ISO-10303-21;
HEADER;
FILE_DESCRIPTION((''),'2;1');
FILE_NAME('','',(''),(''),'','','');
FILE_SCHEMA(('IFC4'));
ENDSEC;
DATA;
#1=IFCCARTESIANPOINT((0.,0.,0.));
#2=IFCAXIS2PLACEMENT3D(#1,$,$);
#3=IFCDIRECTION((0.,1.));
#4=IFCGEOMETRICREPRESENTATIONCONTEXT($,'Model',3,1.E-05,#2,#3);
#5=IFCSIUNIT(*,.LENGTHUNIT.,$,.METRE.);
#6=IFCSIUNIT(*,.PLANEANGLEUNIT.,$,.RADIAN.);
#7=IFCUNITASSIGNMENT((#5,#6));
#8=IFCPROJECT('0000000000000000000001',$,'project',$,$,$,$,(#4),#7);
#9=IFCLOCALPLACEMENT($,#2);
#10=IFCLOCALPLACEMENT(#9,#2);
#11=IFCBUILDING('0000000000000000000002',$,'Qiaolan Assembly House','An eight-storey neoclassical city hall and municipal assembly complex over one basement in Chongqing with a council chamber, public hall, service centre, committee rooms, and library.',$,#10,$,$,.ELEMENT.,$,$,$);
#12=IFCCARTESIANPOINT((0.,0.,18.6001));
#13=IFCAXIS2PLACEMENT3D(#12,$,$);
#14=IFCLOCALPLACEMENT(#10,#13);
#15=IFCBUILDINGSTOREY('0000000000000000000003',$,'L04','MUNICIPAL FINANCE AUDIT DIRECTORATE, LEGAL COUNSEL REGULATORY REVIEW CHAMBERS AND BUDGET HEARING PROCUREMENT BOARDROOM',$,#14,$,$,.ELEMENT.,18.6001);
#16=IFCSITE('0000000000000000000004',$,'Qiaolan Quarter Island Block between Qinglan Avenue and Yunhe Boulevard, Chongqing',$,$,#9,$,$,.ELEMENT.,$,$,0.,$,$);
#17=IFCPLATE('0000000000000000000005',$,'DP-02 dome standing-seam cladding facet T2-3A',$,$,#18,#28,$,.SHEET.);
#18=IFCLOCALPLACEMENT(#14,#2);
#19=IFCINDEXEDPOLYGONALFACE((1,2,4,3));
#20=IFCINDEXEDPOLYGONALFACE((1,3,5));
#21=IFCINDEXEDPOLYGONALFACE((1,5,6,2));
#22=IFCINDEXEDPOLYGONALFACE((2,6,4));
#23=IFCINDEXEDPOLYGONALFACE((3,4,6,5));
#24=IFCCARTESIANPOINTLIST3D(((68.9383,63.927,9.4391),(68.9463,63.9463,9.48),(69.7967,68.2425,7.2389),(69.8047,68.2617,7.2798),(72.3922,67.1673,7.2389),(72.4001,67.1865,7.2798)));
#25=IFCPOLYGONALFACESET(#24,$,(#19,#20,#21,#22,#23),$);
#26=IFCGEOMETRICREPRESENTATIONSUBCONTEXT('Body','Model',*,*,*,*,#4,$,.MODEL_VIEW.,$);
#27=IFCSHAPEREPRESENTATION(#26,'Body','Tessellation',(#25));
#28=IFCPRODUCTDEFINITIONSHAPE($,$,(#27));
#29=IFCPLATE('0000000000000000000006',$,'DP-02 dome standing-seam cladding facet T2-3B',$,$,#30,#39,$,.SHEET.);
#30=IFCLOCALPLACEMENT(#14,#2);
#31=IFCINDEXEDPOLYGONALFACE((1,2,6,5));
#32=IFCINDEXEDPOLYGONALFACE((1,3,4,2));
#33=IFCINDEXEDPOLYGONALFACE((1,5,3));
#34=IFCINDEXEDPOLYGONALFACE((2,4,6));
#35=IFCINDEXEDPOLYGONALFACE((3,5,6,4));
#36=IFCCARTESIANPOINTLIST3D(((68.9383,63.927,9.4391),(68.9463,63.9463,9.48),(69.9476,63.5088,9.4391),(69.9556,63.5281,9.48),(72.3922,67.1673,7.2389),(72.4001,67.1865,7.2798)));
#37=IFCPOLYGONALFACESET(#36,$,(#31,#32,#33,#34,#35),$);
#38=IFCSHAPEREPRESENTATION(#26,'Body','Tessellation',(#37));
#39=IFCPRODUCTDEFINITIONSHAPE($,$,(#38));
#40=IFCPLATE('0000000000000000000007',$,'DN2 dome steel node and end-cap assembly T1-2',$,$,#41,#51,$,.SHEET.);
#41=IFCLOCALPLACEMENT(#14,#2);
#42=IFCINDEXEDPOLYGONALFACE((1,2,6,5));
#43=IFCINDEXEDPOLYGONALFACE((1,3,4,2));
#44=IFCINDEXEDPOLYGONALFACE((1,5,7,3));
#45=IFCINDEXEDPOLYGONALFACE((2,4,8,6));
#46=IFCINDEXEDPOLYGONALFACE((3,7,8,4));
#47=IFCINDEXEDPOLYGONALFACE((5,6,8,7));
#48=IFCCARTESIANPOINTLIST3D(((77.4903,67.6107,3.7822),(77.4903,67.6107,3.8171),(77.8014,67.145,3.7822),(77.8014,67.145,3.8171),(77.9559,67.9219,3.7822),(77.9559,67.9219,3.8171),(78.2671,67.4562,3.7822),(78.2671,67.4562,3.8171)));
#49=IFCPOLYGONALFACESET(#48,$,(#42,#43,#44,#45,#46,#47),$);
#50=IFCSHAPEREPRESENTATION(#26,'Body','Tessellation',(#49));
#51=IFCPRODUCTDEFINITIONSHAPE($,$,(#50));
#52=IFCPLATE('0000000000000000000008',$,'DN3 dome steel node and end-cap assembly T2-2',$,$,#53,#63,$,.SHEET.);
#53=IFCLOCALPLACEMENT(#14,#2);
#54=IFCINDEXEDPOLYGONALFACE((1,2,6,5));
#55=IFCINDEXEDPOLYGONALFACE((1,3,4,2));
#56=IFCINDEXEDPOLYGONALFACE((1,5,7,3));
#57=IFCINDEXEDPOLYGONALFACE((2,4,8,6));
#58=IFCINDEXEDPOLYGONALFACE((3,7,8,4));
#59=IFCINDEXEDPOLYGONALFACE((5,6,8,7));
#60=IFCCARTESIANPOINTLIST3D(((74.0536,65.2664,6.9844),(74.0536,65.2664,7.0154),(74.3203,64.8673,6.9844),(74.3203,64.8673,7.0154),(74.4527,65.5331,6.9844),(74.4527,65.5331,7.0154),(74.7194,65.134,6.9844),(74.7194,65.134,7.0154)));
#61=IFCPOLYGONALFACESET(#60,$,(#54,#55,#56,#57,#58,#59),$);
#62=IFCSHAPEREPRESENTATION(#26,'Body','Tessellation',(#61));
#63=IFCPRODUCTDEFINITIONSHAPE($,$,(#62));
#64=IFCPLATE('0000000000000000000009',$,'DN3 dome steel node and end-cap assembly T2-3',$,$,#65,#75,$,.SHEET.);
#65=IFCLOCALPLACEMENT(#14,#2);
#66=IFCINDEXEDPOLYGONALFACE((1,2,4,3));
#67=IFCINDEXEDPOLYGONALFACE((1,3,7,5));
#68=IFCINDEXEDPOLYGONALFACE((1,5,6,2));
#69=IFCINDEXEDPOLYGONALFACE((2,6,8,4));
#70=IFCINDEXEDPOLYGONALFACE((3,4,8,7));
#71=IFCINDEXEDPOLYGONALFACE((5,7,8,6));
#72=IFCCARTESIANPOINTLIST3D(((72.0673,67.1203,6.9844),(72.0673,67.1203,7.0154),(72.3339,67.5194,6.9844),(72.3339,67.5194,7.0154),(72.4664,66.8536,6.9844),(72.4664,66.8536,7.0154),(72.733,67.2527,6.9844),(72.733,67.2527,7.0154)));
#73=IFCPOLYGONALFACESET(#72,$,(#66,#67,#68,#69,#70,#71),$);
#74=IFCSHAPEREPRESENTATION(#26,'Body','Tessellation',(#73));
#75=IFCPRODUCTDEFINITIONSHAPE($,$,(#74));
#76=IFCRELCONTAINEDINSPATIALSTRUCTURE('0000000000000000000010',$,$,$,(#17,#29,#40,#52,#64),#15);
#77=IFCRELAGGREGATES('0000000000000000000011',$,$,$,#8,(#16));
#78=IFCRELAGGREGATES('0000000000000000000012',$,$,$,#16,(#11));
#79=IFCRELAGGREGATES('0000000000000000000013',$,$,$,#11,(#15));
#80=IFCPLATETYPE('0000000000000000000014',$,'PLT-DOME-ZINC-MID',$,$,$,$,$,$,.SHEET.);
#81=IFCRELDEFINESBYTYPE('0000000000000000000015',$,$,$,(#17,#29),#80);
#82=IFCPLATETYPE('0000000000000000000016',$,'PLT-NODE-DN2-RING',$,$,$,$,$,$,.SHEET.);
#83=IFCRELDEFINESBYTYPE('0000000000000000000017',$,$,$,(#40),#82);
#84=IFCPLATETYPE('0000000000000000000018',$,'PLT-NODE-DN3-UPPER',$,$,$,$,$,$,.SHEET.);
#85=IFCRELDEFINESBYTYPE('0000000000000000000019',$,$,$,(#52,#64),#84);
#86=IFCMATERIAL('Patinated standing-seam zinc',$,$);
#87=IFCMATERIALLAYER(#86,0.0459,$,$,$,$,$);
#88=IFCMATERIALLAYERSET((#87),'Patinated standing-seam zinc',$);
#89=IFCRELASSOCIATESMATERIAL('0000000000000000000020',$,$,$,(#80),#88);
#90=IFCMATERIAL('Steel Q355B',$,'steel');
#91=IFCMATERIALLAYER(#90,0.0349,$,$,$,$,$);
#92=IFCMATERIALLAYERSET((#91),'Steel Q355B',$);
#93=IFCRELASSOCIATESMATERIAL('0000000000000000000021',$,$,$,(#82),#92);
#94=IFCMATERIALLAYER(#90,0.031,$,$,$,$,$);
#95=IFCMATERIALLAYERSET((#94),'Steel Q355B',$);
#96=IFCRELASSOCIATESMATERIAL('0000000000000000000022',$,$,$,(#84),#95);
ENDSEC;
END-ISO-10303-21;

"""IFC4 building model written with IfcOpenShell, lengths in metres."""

from ifc_helpers import new_model, si_unit, direction, frame, origin, origin_2d, place, context, subcontext, project, spatial, polyline, rectangle, outline, extrude, material, layer, layer_set, type_object, element, save


model = new_model("IFC4")

# Units and contexts
model_context = context("Model", 3, precision=1e-05, world=origin(), true_north=direction((0.0, 1.0)))
body_context = subcontext(model_context, "Body", "Model", "MODEL_VIEW")
ifc_project = project(units=[si_unit("LENGTHUNIT", "METRE"), si_unit("PLANEANGLEUNIT", "RADIAN")], contexts=[model_context])

# Site, building, storey
site_placement = place(None, origin())
site = spatial("IfcSite", under=ifc_project, at=site_placement, Name="Qiaolan Quarter Island Block between Qinglan Avenue and Yunhe Boulevard, Chongqing", CompositionType="ELEMENT", RefElevation=0.0)
building_placement = place(site_placement, origin())
building = spatial("IfcBuilding", under=site, at=building_placement, Name="Qiaolan Assembly House", Description="An eight-storey neoclassical city hall and municipal assembly complex over one basement in Chongqing with a council chamber, public hall, service centre, committee rooms, and library.", CompositionType="ELEMENT")
storey_placement = place(building_placement, frame((0.0, 0.0, 18.6001)))
storey = spatial("IfcBuildingStorey", under=building, at=storey_placement, Name="L04", Description="MUNICIPAL FINANCE AUDIT DIRECTORATE, LEGAL COUNSEL REGULATORY REVIEW CHAMBERS AND BUDGET HEARING PROCUREMENT BOARDROOM", CompositionType="ELEMENT", Elevation=18.6001)

# Shared definitions
ifc_material_1 = material(Name="Steel Q355B", Category="steel")

# Plates
ifc_material_2 = material(Name="Patinated standing-seam zinc")
ifc_layer_1 = layer(ifc_material_2, 0.0459)
ifc_layer_set_1 = layer_set([ifc_layer_1], Name="Patinated standing-seam zinc")
plate_type_1 = type_object("IfcPlateType", Name="PLT-DOME-ZINC-MID", PredefinedType="SHEET", material=ifc_layer_set_1)
plate_1_placement = place(storey_placement, frame((72.4001, 67.1865, 7.2798), z_axis=(0.173839, 0.419636, 0.89089), x_axis=(-0.923864, 0.38272, 0.0)))
element("IfcPlate", 1, at=plate_1_placement, inside=storey, type_object=plate_type_1, Name="DP-02 dome standing-seam cladding facet T2-3A", PredefinedType="SHEET", context=body_context, shape_type="SweptSolid", body=[
    extrude(outline(polyline([(0.0, 0.0), (2.8094, 0.0), (1.9508, 4.8439), (0.0, 0.0)])), origin(), (0.0, 0.0, -1.0), 0.0459),
])
plate_2_placement = place(storey_placement, frame((72.4001, 67.1865, 7.2798), z_axis=(0.173872, 0.419606, 0.890898), x_axis=(-0.661407, -0.620499, 0.421333)))
element("IfcPlate", 2, at=plate_2_placement, inside=storey, type_object=plate_type_1, Name="DP-02 dome standing-seam cladding facet T2-3B", PredefinedType="SHEET", context=body_context, shape_type="SweptSolid", body=[
    extrude(outline(polyline([(0.0, 0.0), (5.222, 0.0), (4.8139, 1.0134), (0.0, 0.0)])), origin(), (0.0, 0.0, -1.0), 0.0459),
])
ifc_layer_2 = layer(ifc_material_1, 0.0349)
ifc_layer_set_2 = layer_set([ifc_layer_2], Name="Steel Q355B")
plate_type_2 = type_object("IfcPlateType", Name="PLT-NODE-DN2-RING", PredefinedType="SHEET", material=ifc_layer_set_2)
plate_3_placement = place(storey_placement, frame((77.8787, 67.5334, 3.7822), z_axis=(0.0, 0.0, 1.0), x_axis=(0.83147, 0.55557, 0.0)))
element("IfcPlate", 3, at=plate_3_placement, inside=storey, type_object=plate_type_2, Name="DN2 dome steel node and end-cap assembly T1-2", PredefinedType="SHEET", context=body_context, shape_type="SweptSolid", body=[
    extrude(rectangle(XDim=0.5601, YDim=0.5601, at=origin_2d()), origin(), (0.0, 0.0, 1.0), 0.0349),
])
ifc_layer_3 = layer(ifc_material_1, 0.031)
ifc_layer_set_3 = layer_set([ifc_layer_3], Name="Steel Q355B")
plate_type_3 = type_object("IfcPlateType", Name="PLT-NODE-DN3-UPPER", PredefinedType="SHEET", material=ifc_layer_set_3)
for number, where, z_axis, x_axis, name in (
    (4, (74.3865, 65.2002, 6.9844), (0.0, 0.0, 1.0), (0.83147, 0.55557, 0.0), "DN3 dome steel node and end-cap assembly T2-2"),
    (5, (72.4001, 67.1865, 6.9844), (0.0, 0.0, 1.0), (0.55557, 0.83147, 0.0), "DN3 dome steel node and end-cap assembly T2-3"),
):
    element("IfcPlate", number, at=place(storey_placement, frame(where, z_axis=z_axis, x_axis=x_axis)), inside=storey, type_object=plate_type_3, Name=name, PredefinedType="SHEET", context=body_context, shape_type="SweptSolid", body=[
        extrude(rectangle(XDim=0.48, YDim=0.48, at=origin_2d()), origin(), (0.0, 0.0, 1.0), 0.031),
    ])

save(model, "model.ifc")
